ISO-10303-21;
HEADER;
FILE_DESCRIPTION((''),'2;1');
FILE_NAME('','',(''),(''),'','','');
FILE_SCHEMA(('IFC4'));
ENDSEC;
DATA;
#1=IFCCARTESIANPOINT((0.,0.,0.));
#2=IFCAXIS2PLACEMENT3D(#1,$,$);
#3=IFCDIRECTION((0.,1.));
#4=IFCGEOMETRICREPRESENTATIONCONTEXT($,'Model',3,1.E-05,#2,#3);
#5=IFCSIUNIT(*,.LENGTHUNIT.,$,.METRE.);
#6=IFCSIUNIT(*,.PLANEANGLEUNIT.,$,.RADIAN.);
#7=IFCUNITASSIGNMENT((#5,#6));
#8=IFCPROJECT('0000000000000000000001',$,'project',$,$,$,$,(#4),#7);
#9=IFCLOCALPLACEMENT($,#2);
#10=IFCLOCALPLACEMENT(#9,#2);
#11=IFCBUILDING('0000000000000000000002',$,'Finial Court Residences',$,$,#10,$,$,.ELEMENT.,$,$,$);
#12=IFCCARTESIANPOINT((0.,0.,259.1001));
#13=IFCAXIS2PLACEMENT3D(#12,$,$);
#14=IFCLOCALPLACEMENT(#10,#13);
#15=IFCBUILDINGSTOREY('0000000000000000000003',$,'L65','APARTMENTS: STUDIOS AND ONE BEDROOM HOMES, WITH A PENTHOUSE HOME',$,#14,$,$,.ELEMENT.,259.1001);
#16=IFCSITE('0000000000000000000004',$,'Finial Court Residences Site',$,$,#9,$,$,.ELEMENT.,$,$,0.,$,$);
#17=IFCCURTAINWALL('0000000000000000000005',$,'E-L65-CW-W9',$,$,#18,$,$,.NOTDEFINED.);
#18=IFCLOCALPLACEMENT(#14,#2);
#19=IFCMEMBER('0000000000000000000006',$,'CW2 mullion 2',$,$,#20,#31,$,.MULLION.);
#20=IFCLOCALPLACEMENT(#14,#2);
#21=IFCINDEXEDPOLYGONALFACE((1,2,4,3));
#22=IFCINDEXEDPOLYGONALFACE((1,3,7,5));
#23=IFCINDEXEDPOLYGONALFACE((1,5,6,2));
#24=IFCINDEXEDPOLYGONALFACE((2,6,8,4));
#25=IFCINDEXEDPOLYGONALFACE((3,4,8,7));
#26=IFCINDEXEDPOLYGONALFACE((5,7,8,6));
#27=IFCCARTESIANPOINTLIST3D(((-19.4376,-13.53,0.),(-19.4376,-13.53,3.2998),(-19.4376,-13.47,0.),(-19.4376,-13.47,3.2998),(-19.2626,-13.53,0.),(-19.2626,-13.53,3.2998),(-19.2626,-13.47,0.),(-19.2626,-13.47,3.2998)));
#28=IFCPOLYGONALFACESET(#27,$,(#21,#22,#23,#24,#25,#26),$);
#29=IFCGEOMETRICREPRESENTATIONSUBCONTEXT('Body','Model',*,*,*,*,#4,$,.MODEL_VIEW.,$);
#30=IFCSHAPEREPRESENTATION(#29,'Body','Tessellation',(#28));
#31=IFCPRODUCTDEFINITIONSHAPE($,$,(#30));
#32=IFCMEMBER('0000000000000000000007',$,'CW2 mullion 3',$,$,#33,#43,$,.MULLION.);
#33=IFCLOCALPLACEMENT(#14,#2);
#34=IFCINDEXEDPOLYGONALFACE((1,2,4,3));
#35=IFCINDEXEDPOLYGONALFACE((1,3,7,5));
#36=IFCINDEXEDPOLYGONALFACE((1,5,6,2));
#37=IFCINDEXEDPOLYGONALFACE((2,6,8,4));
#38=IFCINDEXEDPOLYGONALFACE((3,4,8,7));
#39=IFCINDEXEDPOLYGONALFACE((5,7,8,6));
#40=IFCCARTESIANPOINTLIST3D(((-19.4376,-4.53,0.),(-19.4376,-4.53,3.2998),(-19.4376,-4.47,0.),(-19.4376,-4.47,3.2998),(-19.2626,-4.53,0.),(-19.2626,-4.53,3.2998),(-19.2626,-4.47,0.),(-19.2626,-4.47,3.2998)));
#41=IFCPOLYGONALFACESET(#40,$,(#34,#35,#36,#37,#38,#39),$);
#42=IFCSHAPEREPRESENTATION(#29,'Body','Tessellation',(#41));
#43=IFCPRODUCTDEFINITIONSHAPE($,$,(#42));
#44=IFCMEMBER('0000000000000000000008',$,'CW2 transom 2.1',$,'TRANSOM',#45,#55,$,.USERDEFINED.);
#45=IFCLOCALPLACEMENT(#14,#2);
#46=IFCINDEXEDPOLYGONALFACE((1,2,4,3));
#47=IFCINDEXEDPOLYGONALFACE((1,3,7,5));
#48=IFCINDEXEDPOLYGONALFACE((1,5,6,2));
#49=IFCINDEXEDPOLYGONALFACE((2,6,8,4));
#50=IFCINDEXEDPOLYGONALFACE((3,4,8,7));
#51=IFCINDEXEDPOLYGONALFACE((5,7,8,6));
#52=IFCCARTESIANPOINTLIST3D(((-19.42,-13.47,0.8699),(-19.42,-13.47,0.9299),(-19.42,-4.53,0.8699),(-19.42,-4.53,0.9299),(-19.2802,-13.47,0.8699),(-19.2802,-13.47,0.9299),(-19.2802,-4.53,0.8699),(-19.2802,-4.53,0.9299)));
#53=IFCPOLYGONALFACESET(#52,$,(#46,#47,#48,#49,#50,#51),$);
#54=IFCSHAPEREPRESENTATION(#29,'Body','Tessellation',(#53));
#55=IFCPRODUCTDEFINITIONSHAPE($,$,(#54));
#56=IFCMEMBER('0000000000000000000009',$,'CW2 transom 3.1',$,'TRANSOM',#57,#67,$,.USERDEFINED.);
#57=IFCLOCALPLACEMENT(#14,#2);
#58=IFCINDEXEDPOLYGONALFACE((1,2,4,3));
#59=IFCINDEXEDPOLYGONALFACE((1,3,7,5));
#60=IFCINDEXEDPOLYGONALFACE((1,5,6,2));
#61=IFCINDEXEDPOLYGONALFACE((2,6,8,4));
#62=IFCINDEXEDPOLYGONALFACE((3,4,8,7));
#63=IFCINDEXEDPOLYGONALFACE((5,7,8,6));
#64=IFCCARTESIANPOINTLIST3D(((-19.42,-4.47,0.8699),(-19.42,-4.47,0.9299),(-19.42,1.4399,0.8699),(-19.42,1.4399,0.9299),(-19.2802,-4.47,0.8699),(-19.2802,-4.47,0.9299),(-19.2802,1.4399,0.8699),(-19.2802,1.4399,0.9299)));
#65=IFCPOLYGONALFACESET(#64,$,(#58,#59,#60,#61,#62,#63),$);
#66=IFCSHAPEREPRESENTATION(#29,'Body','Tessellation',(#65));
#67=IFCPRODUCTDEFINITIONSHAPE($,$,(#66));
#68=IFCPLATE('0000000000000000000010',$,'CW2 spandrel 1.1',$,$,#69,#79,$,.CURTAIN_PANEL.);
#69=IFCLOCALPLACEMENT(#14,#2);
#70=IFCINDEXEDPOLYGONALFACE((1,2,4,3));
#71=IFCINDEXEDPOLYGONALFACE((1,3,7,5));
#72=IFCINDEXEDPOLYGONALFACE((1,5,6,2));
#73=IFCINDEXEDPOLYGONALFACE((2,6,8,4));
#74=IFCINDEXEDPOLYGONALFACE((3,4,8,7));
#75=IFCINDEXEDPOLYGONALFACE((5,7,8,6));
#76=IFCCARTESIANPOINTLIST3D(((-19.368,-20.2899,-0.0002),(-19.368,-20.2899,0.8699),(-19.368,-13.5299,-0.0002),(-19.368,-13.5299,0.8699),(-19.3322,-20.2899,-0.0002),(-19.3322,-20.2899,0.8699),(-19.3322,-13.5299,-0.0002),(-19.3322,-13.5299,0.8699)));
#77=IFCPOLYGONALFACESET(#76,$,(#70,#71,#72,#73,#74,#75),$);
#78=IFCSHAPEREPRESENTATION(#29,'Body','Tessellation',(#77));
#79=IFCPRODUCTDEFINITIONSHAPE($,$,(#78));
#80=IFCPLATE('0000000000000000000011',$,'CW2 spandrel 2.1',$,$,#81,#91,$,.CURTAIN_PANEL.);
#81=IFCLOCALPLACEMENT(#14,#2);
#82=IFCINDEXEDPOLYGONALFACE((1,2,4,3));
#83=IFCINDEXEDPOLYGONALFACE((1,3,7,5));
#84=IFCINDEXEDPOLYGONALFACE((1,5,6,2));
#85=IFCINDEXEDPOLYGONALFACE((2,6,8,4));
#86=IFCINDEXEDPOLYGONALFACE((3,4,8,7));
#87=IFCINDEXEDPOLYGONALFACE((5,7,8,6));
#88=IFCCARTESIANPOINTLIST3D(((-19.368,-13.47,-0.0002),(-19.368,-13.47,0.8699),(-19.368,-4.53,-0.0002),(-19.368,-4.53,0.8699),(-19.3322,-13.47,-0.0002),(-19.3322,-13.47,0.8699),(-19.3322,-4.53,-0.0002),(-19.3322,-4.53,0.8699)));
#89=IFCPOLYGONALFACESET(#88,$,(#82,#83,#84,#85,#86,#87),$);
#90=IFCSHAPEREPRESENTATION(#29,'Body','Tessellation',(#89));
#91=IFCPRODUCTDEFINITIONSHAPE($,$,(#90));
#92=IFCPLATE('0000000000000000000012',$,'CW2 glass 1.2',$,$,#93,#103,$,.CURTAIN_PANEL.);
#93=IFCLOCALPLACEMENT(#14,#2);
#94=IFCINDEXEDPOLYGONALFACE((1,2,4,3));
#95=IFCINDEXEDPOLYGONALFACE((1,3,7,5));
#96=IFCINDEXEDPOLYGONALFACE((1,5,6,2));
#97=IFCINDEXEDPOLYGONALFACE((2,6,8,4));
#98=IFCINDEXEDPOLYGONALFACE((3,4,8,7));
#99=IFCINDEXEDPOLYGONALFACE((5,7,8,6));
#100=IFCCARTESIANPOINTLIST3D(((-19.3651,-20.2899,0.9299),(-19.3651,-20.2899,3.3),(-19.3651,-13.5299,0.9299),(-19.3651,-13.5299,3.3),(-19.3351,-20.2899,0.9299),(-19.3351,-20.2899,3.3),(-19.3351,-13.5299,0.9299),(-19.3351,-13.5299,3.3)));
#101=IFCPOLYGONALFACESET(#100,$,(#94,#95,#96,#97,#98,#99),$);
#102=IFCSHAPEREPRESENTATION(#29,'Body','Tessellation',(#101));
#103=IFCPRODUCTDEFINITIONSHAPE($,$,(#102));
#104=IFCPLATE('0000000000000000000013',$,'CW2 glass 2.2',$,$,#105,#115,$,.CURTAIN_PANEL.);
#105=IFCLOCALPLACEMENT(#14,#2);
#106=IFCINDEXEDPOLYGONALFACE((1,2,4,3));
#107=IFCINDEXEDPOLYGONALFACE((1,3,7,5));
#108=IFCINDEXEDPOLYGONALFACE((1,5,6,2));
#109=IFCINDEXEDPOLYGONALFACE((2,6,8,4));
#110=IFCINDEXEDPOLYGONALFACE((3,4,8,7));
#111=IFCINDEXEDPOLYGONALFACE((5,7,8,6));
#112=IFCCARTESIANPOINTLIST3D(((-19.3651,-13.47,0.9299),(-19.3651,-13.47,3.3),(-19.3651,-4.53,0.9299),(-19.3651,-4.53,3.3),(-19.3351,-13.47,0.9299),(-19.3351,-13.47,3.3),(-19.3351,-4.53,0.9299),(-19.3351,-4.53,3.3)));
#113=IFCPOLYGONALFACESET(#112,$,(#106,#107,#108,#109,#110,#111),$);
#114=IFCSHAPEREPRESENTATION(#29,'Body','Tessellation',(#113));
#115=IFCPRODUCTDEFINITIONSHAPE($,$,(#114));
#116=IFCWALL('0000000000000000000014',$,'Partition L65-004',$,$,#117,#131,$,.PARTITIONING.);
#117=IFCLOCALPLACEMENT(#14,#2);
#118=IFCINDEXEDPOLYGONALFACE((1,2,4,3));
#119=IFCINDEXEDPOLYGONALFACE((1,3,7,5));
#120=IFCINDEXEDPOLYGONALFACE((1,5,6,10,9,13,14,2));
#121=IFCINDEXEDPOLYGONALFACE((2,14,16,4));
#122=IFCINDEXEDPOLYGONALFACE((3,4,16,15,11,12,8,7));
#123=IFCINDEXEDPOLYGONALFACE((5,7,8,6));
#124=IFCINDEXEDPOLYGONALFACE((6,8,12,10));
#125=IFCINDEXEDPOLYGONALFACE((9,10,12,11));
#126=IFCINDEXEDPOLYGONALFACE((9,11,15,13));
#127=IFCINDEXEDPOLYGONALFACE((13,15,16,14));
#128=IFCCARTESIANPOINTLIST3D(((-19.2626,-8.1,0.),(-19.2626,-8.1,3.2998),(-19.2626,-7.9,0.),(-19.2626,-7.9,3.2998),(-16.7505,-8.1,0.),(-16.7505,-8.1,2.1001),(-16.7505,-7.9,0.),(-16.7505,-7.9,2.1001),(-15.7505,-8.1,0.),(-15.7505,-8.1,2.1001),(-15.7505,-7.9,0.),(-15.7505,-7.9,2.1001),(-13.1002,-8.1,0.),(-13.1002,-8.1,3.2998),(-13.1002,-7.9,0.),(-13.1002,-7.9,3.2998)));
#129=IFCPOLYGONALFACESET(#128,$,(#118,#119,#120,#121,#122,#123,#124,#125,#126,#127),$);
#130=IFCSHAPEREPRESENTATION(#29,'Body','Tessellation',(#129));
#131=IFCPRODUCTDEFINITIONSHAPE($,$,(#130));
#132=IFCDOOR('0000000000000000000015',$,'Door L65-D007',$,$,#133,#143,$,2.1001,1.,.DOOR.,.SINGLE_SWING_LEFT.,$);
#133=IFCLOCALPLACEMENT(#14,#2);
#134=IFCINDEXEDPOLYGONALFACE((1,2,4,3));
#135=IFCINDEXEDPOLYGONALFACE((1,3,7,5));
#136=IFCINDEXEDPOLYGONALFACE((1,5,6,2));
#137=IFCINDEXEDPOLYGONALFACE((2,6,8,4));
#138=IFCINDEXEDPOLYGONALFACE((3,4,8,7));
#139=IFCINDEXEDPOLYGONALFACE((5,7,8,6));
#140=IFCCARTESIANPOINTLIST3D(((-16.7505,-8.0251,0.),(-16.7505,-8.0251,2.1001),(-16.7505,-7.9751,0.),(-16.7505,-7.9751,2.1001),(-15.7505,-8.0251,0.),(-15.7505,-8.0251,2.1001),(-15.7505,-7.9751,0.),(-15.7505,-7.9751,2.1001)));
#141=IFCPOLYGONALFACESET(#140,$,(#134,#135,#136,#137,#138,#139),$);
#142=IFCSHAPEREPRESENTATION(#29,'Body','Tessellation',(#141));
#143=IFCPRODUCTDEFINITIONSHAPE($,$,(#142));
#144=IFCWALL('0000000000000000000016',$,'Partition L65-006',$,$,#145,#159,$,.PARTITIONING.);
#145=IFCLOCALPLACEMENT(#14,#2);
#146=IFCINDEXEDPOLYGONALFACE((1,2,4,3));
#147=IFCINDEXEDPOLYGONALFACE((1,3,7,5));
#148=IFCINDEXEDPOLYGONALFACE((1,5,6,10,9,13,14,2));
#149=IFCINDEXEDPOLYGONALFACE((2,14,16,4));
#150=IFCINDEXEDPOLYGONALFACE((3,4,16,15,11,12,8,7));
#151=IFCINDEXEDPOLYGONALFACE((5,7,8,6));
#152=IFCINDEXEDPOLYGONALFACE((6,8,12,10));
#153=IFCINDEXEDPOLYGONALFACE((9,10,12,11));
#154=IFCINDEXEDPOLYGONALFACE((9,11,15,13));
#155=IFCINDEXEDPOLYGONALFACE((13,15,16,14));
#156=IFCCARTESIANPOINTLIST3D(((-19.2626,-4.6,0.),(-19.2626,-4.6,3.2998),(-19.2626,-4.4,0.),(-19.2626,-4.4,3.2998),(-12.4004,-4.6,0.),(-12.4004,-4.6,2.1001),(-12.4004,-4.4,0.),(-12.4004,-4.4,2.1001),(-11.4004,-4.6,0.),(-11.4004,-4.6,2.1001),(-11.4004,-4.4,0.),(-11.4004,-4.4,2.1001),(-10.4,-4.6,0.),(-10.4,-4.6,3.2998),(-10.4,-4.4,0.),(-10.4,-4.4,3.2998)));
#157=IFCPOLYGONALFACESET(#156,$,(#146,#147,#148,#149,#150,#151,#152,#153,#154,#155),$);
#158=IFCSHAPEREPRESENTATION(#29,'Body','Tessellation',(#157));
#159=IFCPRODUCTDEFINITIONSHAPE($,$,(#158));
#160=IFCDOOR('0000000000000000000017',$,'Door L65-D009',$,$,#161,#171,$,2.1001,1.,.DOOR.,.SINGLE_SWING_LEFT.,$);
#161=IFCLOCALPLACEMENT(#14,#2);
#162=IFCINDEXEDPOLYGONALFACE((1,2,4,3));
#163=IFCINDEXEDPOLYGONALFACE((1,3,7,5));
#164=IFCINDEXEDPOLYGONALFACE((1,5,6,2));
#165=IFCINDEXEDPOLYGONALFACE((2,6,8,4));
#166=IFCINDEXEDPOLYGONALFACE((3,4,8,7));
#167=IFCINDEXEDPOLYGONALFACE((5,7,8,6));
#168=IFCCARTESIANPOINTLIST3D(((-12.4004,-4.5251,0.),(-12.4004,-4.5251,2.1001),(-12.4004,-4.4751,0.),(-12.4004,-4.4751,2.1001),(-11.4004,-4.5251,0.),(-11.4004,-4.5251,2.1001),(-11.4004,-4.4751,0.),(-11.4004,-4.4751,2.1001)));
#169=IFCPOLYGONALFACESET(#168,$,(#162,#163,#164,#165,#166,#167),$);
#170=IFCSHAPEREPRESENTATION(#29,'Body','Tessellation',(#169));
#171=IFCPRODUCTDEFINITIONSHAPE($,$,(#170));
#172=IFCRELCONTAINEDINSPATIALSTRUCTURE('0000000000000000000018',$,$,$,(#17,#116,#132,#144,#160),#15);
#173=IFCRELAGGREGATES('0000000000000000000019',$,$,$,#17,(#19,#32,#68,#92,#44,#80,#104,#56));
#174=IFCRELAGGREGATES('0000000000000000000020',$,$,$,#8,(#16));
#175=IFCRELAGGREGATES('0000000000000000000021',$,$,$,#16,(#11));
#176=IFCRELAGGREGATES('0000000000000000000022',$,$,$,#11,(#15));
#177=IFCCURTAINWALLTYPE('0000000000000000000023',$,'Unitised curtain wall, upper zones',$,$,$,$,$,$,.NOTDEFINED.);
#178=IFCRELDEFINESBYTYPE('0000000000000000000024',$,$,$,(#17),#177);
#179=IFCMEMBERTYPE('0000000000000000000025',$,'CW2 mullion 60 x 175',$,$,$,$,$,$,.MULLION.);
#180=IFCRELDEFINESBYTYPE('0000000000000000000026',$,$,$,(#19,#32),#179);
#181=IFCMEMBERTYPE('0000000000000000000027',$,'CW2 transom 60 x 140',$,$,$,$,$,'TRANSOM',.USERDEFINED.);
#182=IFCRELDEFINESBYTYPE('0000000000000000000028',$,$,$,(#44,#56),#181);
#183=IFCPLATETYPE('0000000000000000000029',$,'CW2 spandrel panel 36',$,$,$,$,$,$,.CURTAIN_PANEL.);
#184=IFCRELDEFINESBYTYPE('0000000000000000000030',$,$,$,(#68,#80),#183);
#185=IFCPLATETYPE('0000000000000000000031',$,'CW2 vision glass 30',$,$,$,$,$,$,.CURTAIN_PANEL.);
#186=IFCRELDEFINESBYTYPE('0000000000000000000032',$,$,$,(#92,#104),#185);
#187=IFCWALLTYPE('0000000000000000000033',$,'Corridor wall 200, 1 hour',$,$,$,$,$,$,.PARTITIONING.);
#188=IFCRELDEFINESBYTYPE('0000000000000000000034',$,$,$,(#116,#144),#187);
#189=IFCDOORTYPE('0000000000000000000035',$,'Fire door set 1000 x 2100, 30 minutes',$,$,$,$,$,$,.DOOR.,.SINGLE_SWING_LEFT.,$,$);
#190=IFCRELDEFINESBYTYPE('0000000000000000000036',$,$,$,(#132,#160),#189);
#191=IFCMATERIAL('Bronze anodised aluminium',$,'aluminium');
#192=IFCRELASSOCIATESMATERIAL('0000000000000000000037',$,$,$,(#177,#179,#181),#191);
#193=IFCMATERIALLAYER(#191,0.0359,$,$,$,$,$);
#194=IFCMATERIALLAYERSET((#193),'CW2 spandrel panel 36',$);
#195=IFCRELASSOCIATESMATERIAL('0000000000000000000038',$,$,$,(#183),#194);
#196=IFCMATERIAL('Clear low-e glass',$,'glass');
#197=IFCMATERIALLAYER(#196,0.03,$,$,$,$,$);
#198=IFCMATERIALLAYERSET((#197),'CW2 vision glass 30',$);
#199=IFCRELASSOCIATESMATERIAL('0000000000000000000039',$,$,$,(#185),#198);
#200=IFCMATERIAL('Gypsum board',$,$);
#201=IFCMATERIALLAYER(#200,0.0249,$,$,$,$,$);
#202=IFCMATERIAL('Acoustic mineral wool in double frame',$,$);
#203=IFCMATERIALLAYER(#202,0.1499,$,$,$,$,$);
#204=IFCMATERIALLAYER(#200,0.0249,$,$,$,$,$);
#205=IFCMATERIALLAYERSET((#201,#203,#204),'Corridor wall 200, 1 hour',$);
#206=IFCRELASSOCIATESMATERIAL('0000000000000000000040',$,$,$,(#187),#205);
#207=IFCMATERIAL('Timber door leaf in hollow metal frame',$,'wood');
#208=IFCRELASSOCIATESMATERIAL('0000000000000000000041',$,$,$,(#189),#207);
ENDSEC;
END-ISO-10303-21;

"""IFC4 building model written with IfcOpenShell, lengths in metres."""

from ifc_helpers import new_model, si_unit, direction, frame, frame_2d, origin, origin_2d, place, context, subcontext, project, spatial, rectangle, extrude, material, layer, layer_set, material_profile, profile_set, type_object, element, fill, aggregate, save


model = new_model("IFC4")

# Units and contexts
model_context = context("Model", 3, precision=1e-05, world=origin(), true_north=direction((0.0, 1.0)))
body_context = subcontext(model_context, "Body", "Model", "MODEL_VIEW")
ifc_project = project(units=[si_unit("LENGTHUNIT", "METRE"), si_unit("PLANEANGLEUNIT", "RADIAN")], contexts=[model_context])

# Site, building, storey
site_placement = place(None, origin())
site = spatial("IfcSite", under=ifc_project, at=site_placement, Name="Finial Court Residences Site", CompositionType="ELEMENT", RefElevation=0.0)
building_placement = place(site_placement, origin())
building = spatial("IfcBuilding", under=site, at=building_placement, Name="Finial Court Residences", CompositionType="ELEMENT")
storey_placement = place(building_placement, frame((0.0, 0.0, 259.1001)))
storey = spatial("IfcBuildingStorey", under=building, at=storey_placement, Name="L65", Description="APARTMENTS: STUDIOS AND ONE BEDROOM HOMES, WITH A PENTHOUSE HOME", CompositionType="ELEMENT", Elevation=259.1001)

# Curtain wall, members, plates
ifc_material_1 = material(Name="Bronze anodised aluminium", Category="aluminium")
curtain_wall_type = type_object("IfcCurtainWallType", Name="Unitised curtain wall, upper zones", PredefinedType="NOTDEFINED", material=ifc_material_1)
curtain_wall_placement = place(storey_placement, origin())
curtain_wall = element("IfcCurtainWall", 1, at=curtain_wall_placement, inside=storey, type_object=curtain_wall_type, Name="E-L65-CW-W9", PredefinedType="NOTDEFINED")
ifc_material_profile_1 = material_profile(ifc_material_1, rectangle(XDim=0.175, YDim=0.0601, at=origin_2d()), Name="CW2 mullion 60 x 175")
ifc_profile_set_1 = profile_set([ifc_material_profile_1], Name="Bronze anodised aluminium")
member_type_1 = type_object("IfcMemberType", Name="CW2 mullion 60 x 175", PredefinedType="MULLION", material=ifc_profile_set_1)
member_1_placement = place(storey_placement, frame((-19.3501, -13.5, 0.0), z_axis=(0.0, 0.0, 1.0), x_axis=(-1.0, 0.0, 0.0)))
member_1 = element("IfcMember", 2, at=member_1_placement, type_object=member_type_1, Name="CW2 mullion 2", PredefinedType="MULLION", context=body_context, shape_type="SweptSolid", body=[
    extrude(rectangle(XDim=0.175, YDim=0.0601, at=origin_2d()), origin(), (0.0, 0.0, 1.0), 3.2998),
])
member_2_placement = place(storey_placement, frame((-19.3501, -4.5, 0.0), z_axis=(0.0, 0.0, 1.0), x_axis=(-1.0, 0.0, 0.0)))
member_2 = element("IfcMember", 3, at=member_2_placement, type_object=member_type_1, Name="CW2 mullion 3", PredefinedType="MULLION", context=body_context, shape_type="SweptSolid", body=[
    extrude(rectangle(XDim=0.175, YDim=0.0601, at=origin_2d()), origin(), (0.0, 0.0, 1.0), 3.2998),
])
ifc_material_profile_2 = material_profile(ifc_material_1, rectangle(XDim=0.1399, YDim=0.0601, at=origin_2d()), Name="CW2 transom 60 x 140")
ifc_profile_set_2 = profile_set([ifc_material_profile_2], Name="Bronze anodised aluminium")
member_type_2 = type_object("IfcMemberType", Name="CW2 transom 60 x 140", ElementType="TRANSOM", PredefinedType="USERDEFINED", material=ifc_profile_set_2)
member_3_placement = place(storey_placement, frame((-19.3501, -13.47, 0.8999), z_axis=(0.0, 1.0, 0.0), x_axis=(-1.0, 0.0, 0.0)))
member_3 = element("IfcMember", 4, at=member_3_placement, type_object=member_type_2, Name="CW2 transom 2.1", ObjectType="TRANSOM", PredefinedType="USERDEFINED", context=body_context, shape_type="SweptSolid", body=[
    extrude(rectangle(XDim=0.1399, YDim=0.0601, at=origin_2d()), origin(), (0.0, 0.0, 1.0), 8.9399),
])
member_4_placement = place(storey_placement, frame((-19.3501, -4.47, 0.8999), z_axis=(0.0, 1.0, 0.0), x_axis=(-1.0, 0.0, 0.0)))
member_4 = element("IfcMember", 5, at=member_4_placement, type_object=member_type_2, Name="CW2 transom 3.1", ObjectType="TRANSOM", PredefinedType="USERDEFINED", context=body_context, shape_type="SweptSolid", body=[
    extrude(rectangle(XDim=0.1399, YDim=0.0601, at=origin_2d()), origin(), (0.0, 0.0, 1.0), 5.9099),
])
ifc_layer_1 = layer(ifc_material_1, 0.0359)
ifc_layer_set_1 = layer_set([ifc_layer_1], Name="CW2 spandrel panel 36")
plate_type_1 = type_object("IfcPlateType", Name="CW2 spandrel panel 36", PredefinedType="CURTAIN_PANEL", material=ifc_layer_set_1)
plate_1_placement = place(storey_placement, frame((-19.3501, -16.9099, -0.0002), z_axis=(0.0, 0.0, 1.0), x_axis=(0.0, 1.0, 0.0)))
plate_1 = element("IfcPlate", 6, at=plate_1_placement, type_object=plate_type_1, Name="CW2 spandrel 1.1", PredefinedType="CURTAIN_PANEL", context=body_context, shape_type="SweptSolid", body=[
    extrude(rectangle(XDim=6.76, YDim=0.0359, at=origin_2d()), origin(), (0.0, 0.0, 1.0), 0.8701),
])
plate_2_placement = place(storey_placement, frame((-19.3501, -9.0, -0.0002), z_axis=(0.0, 0.0, 1.0), x_axis=(0.0, 1.0, 0.0)))
plate_2 = element("IfcPlate", 7, at=plate_2_placement, type_object=plate_type_1, Name="CW2 spandrel 2.1", PredefinedType="CURTAIN_PANEL", context=body_context, shape_type="SweptSolid", body=[
    extrude(rectangle(XDim=8.9399, YDim=0.0359, at=origin_2d()), origin(), (0.0, 0.0, 1.0), 0.8701),
])
ifc_material_2 = material(Name="Clear low-e glass", Category="glass")
ifc_layer_2 = layer(ifc_material_2, 0.03)
ifc_layer_set_2 = layer_set([ifc_layer_2], Name="CW2 vision glass 30")
plate_type_2 = type_object("IfcPlateType", Name="CW2 vision glass 30", PredefinedType="CURTAIN_PANEL", material=ifc_layer_set_2)
plate_3_placement = place(storey_placement, frame((-19.3501, -16.9099, 0.9299), z_axis=(0.0, 0.0, 1.0), x_axis=(0.0, 1.0, 0.0)))
plate_3 = element("IfcPlate", 8, at=plate_3_placement, type_object=plate_type_2, Name="CW2 glass 1.2", PredefinedType="CURTAIN_PANEL", context=body_context, shape_type="SweptSolid", body=[
    extrude(rectangle(XDim=6.76, YDim=0.03, at=origin_2d()), origin(), (0.0, 0.0, 1.0), 2.3701),
])
plate_4_placement = place(storey_placement, frame((-19.3501, -9.0, 0.9299), z_axis=(0.0, 0.0, 1.0), x_axis=(0.0, 1.0, 0.0)))
plate_4 = element("IfcPlate", 9, at=plate_4_placement, type_object=plate_type_2, Name="CW2 glass 2.2", PredefinedType="CURTAIN_PANEL", context=body_context, shape_type="SweptSolid", body=[
    extrude(rectangle(XDim=8.9399, YDim=0.03, at=origin_2d()), origin(), (0.0, 0.0, 1.0), 2.3701),
])
aggregate(curtain_wall, [member_1, member_2, plate_1, plate_3, member_3, plate_2, plate_4, member_4])

# Walls, openings, doors
ifc_material_3 = material(Name="Gypsum board")
ifc_layer_3 = layer(ifc_material_3, 0.0249)
ifc_material_4 = material(Name="Acoustic mineral wool in double frame")
ifc_layer_4 = layer(ifc_material_4, 0.1499)
ifc_layer_5 = layer(ifc_material_3, 0.0249)
ifc_layer_set_3 = layer_set([ifc_layer_3, ifc_layer_4, ifc_layer_5], Name="Corridor wall 200, 1 hour")
wall_type_1 = type_object("IfcWallType", Name="Corridor wall 200, 1 hour", PredefinedType="PARTITIONING", material=ifc_layer_set_3)
wall_1_placement = place(storey_placement, frame((-19.2625, -8.0, 0.0), z_axis=(0.0, 0.0, 1.0), x_axis=(1.0, 0.0, 0.0)))
wall_1 = element("IfcWall", 10, at=wall_1_placement, inside=storey, type_object=wall_type_1, Name="Partition L65-004", PredefinedType="PARTITIONING", context=body_context, shape_type="SweptSolid", body=[
    extrude(rectangle(XDim=6.1624, YDim=0.2, at=frame_2d((3.0811, 0.0))), origin(), (0.0, 0.0, 1.0), 3.2998),
])
opening_1_placement = place(wall_1_placement, frame((2.512, 0.0, 0.0)))
opening_1 = element("IfcOpeningElement", 11, at=opening_1_placement, cuts=wall_1, PredefinedType="OPENING", context=body_context, shape_type="SweptSolid", body=[
    extrude(rectangle(XDim=1.0, YDim=2.1001, at=frame_2d((0.5, 1.05))), frame((0.0, 0.1099, 0.0), z_axis=(0.0, -1.0, 0.0), x_axis=(1.0, 0.0, 0.0)), (0.0, 0.0, 1.0), 0.22),
])
ifc_material_5 = material(Name="Timber door leaf in hollow metal frame", Category="wood")
door_type_1 = type_object("IfcDoorType", Name="Fire door set 1000 x 2100, 30 minutes", OperationType="SINGLE_SWING_LEFT", PredefinedType="DOOR", material=ifc_material_5)
door_1_placement = place(opening_1_placement, origin())
door_1 = element("IfcDoor", 12, at=door_1_placement, inside=storey, type_object=door_type_1, Name="Door L65-D007", OperationType="SINGLE_SWING_LEFT", OverallHeight=2.1001, OverallWidth=1.0, PredefinedType="DOOR", context=body_context, shape_type="SweptSolid", body=[
    extrude(rectangle(XDim=1.0, YDim=2.1001, at=frame_2d((0.5, 1.05))), frame((0.0, 0.0249, 0.0), z_axis=(0.0, -1.0, 0.0), x_axis=(1.0, 0.0, 0.0)), (0.0, 0.0, 1.0), 0.05),
])
fill(opening_1, door_1)
wall_2_placement = place(storey_placement, frame((-19.2625, -4.5, 0.0), z_axis=(0.0, 0.0, 1.0), x_axis=(1.0, 0.0, 0.0)))
wall_2 = element("IfcWall", 13, at=wall_2_placement, inside=storey, type_object=wall_type_1, Name="Partition L65-006", PredefinedType="PARTITIONING", context=body_context, shape_type="SweptSolid", body=[
    extrude(rectangle(XDim=8.8625, YDim=0.2, at=frame_2d((4.4312, 0.0))), origin(), (0.0, 0.0, 1.0), 3.2998),
])
opening_2_placement = place(wall_2_placement, frame((6.8621, 0.0, 0.0)))
opening_2 = element("IfcOpeningElement", 14, at=opening_2_placement, cuts=wall_2, PredefinedType="OPENING", context=body_context, shape_type="SweptSolid", body=[
    extrude(rectangle(XDim=1.0, YDim=2.1001, at=frame_2d((0.5, 1.05))), frame((0.0, 0.1099, 0.0), z_axis=(0.0, -1.0, 0.0), x_axis=(1.0, 0.0, 0.0)), (0.0, 0.0, 1.0), 0.22),
])
door_2_placement = place(opening_2_placement, origin())
door_2 = element("IfcDoor", 15, at=door_2_placement, inside=storey, type_object=door_type_1, Name="Door L65-D009", OperationType="SINGLE_SWING_LEFT", OverallHeight=2.1001, OverallWidth=1.0, PredefinedType="DOOR", context=body_context, shape_type="SweptSolid", body=[
    extrude(rectangle(XDim=1.0, YDim=2.1001, at=frame_2d((0.5, 1.05))), frame((0.0, 0.0249, 0.0), z_axis=(0.0, -1.0, 0.0), x_axis=(1.0, 0.0, 0.0)), (0.0, 0.0, 1.0), 0.05),
])
fill(opening_2, door_2)

save(model, "model.ifc")
